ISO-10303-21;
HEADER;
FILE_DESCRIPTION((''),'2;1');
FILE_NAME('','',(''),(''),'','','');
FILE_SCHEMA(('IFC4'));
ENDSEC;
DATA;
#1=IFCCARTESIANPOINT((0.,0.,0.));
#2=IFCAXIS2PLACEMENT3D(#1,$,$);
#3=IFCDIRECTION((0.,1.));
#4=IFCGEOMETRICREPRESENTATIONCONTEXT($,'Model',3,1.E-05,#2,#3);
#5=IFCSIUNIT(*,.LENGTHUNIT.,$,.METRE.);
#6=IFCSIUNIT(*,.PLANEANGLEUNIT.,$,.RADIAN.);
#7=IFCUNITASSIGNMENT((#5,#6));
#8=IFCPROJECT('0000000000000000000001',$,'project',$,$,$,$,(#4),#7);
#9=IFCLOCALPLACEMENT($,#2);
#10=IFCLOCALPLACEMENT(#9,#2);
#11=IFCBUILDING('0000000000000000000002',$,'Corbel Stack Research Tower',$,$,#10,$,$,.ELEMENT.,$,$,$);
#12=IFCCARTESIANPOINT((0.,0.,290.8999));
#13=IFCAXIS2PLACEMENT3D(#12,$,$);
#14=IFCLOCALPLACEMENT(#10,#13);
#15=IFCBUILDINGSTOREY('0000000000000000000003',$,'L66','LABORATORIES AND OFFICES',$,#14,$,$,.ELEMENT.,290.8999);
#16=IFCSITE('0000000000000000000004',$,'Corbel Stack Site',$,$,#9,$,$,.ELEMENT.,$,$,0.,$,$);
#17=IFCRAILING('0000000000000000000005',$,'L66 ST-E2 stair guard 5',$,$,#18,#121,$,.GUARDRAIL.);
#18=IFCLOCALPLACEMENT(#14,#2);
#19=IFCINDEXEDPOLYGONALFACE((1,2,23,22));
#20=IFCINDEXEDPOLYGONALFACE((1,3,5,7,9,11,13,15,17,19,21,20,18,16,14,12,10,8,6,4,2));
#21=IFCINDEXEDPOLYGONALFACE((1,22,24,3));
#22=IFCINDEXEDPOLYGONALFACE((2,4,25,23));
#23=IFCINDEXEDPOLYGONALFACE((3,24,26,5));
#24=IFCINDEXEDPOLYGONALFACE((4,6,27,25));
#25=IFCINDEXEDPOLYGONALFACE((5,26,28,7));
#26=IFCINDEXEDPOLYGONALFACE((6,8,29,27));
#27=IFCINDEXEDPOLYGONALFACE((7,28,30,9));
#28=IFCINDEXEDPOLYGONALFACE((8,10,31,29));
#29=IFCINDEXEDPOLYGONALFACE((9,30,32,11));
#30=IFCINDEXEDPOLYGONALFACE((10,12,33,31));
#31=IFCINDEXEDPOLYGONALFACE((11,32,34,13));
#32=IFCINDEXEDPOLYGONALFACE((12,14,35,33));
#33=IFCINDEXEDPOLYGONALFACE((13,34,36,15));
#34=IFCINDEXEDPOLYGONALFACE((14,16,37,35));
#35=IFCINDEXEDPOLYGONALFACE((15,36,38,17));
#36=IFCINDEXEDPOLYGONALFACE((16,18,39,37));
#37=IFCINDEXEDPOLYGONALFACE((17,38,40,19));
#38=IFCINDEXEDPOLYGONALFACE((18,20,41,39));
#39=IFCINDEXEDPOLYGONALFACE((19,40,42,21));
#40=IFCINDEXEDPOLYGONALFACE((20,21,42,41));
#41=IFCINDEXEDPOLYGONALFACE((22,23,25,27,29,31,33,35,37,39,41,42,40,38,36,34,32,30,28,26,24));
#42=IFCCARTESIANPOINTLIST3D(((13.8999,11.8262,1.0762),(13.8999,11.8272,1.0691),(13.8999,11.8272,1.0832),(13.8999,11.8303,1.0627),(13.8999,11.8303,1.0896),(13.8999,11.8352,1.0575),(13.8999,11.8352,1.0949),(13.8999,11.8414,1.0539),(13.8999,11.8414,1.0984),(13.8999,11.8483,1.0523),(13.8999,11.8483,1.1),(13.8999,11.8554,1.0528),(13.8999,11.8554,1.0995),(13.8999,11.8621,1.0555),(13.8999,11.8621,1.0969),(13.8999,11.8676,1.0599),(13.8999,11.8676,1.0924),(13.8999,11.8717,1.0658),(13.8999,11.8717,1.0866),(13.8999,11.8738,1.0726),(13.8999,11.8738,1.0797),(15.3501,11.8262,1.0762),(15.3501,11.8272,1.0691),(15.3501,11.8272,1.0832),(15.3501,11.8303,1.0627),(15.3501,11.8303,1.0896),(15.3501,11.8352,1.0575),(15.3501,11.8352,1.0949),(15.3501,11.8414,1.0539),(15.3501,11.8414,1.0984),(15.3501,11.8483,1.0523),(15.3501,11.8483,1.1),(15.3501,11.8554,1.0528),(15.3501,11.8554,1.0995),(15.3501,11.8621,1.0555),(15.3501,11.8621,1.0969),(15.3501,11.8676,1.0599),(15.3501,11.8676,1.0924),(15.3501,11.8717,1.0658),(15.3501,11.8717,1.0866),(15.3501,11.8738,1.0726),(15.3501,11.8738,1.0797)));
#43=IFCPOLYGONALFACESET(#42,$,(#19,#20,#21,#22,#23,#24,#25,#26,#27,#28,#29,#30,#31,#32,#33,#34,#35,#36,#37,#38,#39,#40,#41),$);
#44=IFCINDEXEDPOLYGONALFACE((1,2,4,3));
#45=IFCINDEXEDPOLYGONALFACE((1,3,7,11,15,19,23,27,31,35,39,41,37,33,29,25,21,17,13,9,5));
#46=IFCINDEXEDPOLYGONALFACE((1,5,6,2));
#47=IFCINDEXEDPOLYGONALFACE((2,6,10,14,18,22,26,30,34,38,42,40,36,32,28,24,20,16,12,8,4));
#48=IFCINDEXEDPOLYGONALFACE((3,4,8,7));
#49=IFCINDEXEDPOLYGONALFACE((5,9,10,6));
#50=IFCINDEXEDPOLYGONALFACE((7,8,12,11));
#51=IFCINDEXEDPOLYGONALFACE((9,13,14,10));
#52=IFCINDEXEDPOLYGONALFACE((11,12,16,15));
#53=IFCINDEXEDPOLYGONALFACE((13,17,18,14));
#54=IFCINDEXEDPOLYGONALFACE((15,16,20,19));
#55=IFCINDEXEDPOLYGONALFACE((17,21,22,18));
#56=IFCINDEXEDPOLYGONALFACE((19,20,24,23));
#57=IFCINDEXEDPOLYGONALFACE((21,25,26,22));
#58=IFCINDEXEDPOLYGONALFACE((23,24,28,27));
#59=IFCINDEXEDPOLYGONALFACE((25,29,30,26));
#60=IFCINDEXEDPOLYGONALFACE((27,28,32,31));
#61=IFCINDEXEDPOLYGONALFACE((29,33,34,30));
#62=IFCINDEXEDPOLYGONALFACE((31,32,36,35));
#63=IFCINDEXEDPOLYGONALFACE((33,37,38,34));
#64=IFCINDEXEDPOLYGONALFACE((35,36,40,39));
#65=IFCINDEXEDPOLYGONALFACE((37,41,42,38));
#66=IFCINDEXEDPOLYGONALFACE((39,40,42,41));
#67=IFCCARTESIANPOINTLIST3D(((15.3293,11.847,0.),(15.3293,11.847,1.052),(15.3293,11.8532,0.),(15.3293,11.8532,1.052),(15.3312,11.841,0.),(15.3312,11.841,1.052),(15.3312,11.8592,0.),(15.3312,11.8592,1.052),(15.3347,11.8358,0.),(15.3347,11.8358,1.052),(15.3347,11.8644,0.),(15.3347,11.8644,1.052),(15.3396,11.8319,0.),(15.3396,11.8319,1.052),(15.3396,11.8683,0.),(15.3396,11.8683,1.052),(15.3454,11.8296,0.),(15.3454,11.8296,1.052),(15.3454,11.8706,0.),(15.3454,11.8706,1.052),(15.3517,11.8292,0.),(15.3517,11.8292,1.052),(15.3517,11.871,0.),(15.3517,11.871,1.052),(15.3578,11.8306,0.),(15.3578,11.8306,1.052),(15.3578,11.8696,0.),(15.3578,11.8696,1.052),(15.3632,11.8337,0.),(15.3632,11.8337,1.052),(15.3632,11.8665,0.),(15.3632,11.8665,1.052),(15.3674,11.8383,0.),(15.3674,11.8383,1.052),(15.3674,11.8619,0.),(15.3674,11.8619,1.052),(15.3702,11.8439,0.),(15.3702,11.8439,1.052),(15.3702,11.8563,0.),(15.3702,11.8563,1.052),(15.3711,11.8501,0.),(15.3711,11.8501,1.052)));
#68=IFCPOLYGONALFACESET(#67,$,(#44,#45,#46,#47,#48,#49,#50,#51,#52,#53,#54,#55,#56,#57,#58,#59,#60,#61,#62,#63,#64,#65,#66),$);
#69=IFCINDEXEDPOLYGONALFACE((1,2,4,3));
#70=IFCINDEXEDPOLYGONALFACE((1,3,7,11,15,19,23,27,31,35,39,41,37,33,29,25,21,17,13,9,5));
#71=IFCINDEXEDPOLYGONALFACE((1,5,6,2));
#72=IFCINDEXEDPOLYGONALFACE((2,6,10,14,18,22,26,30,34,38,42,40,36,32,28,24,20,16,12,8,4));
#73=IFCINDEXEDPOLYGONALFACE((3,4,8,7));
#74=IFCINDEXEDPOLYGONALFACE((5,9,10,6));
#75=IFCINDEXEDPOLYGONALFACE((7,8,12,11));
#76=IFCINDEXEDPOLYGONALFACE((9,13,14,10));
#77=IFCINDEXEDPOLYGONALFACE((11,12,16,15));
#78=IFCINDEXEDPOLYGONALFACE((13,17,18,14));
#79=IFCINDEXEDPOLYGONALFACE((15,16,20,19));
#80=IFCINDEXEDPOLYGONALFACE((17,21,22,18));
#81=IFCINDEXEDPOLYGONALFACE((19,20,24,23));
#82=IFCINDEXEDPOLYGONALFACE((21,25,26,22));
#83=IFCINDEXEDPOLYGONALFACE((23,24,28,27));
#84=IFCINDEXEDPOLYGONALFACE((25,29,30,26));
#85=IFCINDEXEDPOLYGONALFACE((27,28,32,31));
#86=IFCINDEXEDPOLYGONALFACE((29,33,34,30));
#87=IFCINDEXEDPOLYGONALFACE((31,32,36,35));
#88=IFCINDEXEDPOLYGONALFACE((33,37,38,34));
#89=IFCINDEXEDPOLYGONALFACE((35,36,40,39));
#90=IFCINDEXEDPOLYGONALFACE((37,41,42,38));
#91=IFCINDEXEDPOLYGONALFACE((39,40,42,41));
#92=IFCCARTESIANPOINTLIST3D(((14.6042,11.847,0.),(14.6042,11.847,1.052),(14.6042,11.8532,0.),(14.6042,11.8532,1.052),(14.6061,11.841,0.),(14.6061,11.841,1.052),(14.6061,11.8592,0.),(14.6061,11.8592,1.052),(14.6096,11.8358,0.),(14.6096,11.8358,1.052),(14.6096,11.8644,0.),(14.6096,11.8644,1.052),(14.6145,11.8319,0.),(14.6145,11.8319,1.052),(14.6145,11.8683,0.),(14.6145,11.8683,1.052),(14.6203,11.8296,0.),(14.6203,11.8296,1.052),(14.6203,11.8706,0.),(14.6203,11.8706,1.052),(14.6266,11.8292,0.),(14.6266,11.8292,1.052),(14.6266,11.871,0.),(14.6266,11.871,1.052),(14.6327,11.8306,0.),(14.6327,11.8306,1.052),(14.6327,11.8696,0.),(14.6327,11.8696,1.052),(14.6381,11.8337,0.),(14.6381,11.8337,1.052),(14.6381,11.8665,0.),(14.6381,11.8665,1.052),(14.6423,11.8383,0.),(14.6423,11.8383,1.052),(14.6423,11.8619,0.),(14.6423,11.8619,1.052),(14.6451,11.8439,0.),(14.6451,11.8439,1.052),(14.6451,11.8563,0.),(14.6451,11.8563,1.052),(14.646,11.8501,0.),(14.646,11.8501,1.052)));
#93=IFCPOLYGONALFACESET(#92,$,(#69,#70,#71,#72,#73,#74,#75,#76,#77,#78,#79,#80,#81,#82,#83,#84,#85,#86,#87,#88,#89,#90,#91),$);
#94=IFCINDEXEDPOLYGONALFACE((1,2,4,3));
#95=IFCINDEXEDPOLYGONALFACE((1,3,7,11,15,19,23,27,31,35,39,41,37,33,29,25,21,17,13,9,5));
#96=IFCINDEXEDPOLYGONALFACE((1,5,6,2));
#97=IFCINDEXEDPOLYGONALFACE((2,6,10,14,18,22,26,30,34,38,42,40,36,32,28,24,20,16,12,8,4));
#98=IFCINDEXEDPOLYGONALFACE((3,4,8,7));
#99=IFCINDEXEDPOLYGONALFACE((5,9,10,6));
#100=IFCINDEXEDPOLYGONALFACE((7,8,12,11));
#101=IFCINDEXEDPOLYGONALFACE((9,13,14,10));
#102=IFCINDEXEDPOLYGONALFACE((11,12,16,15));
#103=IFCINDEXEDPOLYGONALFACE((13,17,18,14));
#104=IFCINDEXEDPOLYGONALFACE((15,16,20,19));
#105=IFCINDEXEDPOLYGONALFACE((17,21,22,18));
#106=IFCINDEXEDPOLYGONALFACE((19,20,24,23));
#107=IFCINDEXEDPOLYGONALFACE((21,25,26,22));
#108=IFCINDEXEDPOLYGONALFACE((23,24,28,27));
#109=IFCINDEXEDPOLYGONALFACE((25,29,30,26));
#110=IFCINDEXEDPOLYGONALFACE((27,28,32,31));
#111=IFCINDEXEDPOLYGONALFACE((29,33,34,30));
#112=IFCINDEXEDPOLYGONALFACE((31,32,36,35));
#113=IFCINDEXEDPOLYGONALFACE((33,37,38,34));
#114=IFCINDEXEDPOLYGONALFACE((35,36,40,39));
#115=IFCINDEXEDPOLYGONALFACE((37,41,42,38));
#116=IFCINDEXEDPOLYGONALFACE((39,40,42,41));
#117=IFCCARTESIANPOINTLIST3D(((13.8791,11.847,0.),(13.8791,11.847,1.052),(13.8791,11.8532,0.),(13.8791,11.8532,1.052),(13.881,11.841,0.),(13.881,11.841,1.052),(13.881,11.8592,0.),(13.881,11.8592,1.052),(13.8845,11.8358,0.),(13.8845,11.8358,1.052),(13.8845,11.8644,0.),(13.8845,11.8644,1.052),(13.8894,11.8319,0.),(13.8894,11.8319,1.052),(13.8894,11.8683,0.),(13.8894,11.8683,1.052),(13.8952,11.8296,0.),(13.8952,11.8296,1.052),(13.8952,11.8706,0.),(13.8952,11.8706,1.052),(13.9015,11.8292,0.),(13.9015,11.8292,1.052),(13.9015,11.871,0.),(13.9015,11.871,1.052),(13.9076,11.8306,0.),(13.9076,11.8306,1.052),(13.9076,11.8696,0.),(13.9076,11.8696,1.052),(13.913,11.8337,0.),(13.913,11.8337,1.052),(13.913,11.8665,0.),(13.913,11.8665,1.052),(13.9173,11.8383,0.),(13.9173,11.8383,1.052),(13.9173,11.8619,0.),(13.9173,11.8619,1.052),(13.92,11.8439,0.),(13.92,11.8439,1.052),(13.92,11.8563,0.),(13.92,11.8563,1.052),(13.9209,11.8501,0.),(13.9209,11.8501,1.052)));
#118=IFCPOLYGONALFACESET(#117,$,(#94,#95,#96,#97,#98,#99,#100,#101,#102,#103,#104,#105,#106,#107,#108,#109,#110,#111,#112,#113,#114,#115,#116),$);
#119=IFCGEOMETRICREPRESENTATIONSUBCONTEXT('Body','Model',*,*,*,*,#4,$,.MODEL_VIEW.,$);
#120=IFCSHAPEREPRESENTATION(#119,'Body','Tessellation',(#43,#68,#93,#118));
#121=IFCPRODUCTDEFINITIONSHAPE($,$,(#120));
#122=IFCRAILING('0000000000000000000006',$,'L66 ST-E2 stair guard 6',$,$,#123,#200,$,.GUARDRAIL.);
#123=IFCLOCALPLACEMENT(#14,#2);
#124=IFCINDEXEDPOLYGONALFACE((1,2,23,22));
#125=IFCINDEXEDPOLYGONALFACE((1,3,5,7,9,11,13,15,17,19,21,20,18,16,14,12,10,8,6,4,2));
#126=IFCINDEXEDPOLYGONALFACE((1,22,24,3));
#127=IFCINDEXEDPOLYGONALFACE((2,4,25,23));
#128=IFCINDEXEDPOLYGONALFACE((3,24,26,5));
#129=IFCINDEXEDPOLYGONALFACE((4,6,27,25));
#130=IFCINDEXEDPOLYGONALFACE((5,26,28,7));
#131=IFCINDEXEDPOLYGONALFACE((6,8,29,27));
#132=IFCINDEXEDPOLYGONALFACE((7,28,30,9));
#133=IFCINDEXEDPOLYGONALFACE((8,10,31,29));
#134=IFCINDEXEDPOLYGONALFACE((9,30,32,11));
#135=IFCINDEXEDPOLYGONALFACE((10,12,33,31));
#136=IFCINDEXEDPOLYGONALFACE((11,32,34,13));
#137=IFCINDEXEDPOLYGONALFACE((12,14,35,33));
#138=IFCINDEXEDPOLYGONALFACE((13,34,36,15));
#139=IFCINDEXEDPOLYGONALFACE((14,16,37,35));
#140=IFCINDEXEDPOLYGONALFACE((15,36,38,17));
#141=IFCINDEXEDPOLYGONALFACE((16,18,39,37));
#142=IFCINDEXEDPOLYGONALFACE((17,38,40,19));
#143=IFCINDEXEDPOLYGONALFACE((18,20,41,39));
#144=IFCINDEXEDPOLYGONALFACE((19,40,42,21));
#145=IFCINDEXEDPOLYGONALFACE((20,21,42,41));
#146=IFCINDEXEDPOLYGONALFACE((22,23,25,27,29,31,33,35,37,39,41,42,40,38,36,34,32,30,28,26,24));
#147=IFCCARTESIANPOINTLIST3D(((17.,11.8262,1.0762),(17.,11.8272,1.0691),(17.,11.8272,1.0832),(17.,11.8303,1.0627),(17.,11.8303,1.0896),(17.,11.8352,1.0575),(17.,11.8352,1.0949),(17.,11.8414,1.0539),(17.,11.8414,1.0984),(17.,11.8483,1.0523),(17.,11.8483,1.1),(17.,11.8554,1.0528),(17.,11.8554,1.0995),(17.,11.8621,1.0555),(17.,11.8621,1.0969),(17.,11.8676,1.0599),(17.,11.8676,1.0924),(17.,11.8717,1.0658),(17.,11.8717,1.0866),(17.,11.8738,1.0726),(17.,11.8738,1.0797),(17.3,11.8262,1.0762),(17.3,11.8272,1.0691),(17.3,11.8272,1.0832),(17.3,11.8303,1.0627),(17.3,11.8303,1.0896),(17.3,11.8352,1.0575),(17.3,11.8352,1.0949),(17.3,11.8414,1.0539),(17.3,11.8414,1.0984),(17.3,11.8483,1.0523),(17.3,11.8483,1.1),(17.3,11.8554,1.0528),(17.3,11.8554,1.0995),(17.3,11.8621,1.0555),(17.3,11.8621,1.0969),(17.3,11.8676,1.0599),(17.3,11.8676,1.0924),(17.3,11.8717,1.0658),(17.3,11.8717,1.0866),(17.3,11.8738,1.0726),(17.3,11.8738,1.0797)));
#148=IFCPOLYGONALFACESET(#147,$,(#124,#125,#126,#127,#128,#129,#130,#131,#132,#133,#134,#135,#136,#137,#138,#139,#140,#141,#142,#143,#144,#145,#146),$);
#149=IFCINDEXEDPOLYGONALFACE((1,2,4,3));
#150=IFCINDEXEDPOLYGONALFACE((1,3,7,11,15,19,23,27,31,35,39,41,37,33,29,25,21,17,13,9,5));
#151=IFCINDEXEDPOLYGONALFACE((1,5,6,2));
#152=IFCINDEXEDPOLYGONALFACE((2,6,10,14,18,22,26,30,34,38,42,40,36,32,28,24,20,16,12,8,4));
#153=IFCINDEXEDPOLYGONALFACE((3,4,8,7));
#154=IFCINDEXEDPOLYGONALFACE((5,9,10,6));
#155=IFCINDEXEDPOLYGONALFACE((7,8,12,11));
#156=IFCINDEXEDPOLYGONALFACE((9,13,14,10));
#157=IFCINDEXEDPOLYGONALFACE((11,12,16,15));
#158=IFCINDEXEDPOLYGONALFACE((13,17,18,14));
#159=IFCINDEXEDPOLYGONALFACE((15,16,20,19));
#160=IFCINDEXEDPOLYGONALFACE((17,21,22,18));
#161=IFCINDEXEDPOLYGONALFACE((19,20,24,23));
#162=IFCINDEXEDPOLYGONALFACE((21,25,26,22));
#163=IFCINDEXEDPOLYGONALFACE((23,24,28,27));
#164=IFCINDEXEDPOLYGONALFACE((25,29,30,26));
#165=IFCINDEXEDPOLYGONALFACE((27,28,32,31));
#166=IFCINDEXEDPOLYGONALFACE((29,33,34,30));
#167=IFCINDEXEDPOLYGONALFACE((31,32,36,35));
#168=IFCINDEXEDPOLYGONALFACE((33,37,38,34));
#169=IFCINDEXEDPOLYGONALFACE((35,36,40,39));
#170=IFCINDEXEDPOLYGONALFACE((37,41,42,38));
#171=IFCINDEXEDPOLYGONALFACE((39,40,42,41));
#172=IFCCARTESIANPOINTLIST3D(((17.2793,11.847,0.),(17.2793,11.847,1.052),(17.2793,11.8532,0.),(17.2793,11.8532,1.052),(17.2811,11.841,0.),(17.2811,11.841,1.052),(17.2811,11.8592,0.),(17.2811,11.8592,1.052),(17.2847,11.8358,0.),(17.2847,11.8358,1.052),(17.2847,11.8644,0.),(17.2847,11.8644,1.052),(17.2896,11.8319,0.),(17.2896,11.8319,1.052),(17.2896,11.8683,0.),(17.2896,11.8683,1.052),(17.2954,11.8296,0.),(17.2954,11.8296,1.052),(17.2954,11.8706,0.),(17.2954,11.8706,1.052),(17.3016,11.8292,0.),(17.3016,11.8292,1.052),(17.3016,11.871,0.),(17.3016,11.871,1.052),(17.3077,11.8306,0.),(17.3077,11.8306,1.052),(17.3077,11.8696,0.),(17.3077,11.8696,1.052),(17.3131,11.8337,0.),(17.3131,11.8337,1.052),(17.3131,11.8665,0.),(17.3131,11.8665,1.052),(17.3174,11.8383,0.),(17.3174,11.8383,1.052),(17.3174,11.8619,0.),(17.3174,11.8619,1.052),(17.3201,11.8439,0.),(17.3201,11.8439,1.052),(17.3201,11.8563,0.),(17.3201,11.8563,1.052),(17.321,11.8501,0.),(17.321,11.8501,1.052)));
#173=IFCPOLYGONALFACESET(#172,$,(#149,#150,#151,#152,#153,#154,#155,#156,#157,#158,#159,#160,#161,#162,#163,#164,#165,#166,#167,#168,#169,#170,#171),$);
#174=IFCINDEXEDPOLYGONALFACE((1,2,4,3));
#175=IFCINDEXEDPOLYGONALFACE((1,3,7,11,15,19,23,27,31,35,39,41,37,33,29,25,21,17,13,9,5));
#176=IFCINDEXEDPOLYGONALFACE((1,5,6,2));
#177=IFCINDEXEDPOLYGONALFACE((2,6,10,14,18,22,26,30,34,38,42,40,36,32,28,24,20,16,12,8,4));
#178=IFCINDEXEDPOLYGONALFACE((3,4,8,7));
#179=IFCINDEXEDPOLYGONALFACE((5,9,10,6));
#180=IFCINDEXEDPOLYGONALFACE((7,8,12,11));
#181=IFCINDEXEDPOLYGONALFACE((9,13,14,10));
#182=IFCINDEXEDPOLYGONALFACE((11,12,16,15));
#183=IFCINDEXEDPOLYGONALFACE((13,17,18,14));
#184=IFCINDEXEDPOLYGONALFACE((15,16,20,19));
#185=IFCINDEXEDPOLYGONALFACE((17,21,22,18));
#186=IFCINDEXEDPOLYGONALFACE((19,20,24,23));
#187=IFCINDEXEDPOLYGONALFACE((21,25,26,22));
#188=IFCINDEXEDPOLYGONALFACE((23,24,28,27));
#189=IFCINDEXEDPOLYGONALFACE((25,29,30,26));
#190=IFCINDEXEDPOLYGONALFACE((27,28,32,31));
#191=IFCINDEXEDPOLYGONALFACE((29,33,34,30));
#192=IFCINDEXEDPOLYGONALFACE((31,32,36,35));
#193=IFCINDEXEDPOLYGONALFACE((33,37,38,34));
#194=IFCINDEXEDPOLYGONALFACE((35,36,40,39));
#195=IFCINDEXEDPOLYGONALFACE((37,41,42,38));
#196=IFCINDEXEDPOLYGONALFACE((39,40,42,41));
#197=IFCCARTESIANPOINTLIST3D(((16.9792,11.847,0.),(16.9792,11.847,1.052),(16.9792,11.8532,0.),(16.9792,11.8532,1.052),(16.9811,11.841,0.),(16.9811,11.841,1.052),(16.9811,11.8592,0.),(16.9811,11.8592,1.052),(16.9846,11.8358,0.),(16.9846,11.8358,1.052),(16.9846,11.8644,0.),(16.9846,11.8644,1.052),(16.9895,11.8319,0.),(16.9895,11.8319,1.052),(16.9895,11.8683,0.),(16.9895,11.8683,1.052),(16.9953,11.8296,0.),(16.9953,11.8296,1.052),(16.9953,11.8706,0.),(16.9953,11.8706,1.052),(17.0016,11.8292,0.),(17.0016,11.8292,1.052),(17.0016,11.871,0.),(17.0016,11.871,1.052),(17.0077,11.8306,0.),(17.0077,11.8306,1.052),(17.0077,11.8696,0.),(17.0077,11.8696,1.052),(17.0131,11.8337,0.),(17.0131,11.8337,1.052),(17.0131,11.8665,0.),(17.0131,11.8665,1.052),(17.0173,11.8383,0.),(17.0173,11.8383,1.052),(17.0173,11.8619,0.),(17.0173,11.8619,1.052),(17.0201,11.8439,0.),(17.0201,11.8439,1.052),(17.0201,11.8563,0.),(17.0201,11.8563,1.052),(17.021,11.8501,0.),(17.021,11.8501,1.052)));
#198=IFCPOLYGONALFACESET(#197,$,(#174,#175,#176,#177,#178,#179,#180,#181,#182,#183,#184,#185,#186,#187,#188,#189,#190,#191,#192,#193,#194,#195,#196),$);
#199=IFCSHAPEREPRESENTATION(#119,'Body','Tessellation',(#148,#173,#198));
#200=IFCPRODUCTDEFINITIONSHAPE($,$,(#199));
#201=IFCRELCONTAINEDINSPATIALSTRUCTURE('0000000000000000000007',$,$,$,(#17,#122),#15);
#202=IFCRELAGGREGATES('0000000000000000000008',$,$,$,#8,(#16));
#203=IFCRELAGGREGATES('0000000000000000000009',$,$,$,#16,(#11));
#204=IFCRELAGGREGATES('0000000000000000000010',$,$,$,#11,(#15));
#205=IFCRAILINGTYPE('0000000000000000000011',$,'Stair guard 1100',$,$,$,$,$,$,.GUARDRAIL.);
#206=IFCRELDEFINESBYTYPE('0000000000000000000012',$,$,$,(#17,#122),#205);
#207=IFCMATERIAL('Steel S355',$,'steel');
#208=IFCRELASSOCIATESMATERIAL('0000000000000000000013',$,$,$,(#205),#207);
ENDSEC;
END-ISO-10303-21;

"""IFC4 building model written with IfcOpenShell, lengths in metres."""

from ifc_helpers import new_model, si_unit, direction, frame, origin, origin_2d, place, context, subcontext, project, spatial, circle, extrude, material, type_object, element, save


model = new_model("IFC4")

# Units and contexts
model_context = context("Model", 3, precision=1e-05, world=origin(), true_north=direction((0.0, 1.0)))
body_context = subcontext(model_context, "Body", "Model", "MODEL_VIEW")
ifc_project = project(units=[si_unit("LENGTHUNIT", "METRE"), si_unit("PLANEANGLEUNIT", "RADIAN")], contexts=[model_context])

# Site, building, storey
site_placement = place(None, origin())
site = spatial("IfcSite", under=ifc_project, at=site_placement, Name="Corbel Stack Site", CompositionType="ELEMENT", RefElevation=0.0)
building_placement = place(site_placement, origin())
building = spatial("IfcBuilding", under=site, at=building_placement, Name="Corbel Stack Research Tower", CompositionType="ELEMENT")
storey_placement = place(building_placement, frame((0.0, 0.0, 290.8999)))
storey = spatial("IfcBuildingStorey", under=building, at=storey_placement, Name="L66", Description="LABORATORIES AND OFFICES", CompositionType="ELEMENT", Elevation=290.8999)

# Railings
ifc_material_1 = material(Name="Steel S355", Category="steel")
railing_type_1 = type_object("IfcRailingType", Name="Stair guard 1100", PredefinedType="GUARDRAIL", material=ifc_material_1)
railing_1_placement = place(storey_placement, frame((15.3501, 11.8501, 0.0)))
element("IfcRailing", 1, at=railing_1_placement, inside=storey, type_object=railing_type_1, Name="L66 ST-E2 stair guard 5", PredefinedType="GUARDRAIL", context=body_context, shape_type="SweptSolid", body=[
    extrude(circle(Radius=0.0239, at=origin_2d()), frame((0.0, 0.0, 1.0762), z_axis=(-1.0, 0.0, 0.0), x_axis=(0.0, -1.0, 0.0)), (0.0, 0.0, 1.0), 1.4502),
    extrude(circle(Radius=0.021, at=origin_2d()), origin(), (0.0, 0.0, 1.0), 1.052),
    extrude(circle(Radius=0.021, at=origin_2d()), frame((-0.7251, 0.0, 0.0)), (0.0, 0.0, 1.0), 1.052),
    extrude(circle(Radius=0.021, at=origin_2d()), frame((-1.4502, 0.0, 0.0)), (0.0, 0.0, 1.0), 1.052),
])
railing_2_placement = place(storey_placement, frame((17.3, 11.8501, 0.0)))
element("IfcRailing", 2, at=railing_2_placement, inside=storey, type_object=railing_type_1, Name="L66 ST-E2 stair guard 6", PredefinedType="GUARDRAIL", context=body_context, shape_type="SweptSolid", body=[
    extrude(circle(Radius=0.0239, at=origin_2d()), frame((0.0, 0.0, 1.0762), z_axis=(-1.0, 0.0, 0.0), x_axis=(0.0, -1.0, 0.0)), (0.0, 0.0, 1.0), 0.3),
    extrude(circle(Radius=0.021, at=origin_2d()), origin(), (0.0, 0.0, 1.0), 1.052),
    extrude(circle(Radius=0.021, at=origin_2d()), frame((-0.3, 0.0, 0.0)), (0.0, 0.0, 1.0), 1.052),
])

save(model, "model.ifc")
